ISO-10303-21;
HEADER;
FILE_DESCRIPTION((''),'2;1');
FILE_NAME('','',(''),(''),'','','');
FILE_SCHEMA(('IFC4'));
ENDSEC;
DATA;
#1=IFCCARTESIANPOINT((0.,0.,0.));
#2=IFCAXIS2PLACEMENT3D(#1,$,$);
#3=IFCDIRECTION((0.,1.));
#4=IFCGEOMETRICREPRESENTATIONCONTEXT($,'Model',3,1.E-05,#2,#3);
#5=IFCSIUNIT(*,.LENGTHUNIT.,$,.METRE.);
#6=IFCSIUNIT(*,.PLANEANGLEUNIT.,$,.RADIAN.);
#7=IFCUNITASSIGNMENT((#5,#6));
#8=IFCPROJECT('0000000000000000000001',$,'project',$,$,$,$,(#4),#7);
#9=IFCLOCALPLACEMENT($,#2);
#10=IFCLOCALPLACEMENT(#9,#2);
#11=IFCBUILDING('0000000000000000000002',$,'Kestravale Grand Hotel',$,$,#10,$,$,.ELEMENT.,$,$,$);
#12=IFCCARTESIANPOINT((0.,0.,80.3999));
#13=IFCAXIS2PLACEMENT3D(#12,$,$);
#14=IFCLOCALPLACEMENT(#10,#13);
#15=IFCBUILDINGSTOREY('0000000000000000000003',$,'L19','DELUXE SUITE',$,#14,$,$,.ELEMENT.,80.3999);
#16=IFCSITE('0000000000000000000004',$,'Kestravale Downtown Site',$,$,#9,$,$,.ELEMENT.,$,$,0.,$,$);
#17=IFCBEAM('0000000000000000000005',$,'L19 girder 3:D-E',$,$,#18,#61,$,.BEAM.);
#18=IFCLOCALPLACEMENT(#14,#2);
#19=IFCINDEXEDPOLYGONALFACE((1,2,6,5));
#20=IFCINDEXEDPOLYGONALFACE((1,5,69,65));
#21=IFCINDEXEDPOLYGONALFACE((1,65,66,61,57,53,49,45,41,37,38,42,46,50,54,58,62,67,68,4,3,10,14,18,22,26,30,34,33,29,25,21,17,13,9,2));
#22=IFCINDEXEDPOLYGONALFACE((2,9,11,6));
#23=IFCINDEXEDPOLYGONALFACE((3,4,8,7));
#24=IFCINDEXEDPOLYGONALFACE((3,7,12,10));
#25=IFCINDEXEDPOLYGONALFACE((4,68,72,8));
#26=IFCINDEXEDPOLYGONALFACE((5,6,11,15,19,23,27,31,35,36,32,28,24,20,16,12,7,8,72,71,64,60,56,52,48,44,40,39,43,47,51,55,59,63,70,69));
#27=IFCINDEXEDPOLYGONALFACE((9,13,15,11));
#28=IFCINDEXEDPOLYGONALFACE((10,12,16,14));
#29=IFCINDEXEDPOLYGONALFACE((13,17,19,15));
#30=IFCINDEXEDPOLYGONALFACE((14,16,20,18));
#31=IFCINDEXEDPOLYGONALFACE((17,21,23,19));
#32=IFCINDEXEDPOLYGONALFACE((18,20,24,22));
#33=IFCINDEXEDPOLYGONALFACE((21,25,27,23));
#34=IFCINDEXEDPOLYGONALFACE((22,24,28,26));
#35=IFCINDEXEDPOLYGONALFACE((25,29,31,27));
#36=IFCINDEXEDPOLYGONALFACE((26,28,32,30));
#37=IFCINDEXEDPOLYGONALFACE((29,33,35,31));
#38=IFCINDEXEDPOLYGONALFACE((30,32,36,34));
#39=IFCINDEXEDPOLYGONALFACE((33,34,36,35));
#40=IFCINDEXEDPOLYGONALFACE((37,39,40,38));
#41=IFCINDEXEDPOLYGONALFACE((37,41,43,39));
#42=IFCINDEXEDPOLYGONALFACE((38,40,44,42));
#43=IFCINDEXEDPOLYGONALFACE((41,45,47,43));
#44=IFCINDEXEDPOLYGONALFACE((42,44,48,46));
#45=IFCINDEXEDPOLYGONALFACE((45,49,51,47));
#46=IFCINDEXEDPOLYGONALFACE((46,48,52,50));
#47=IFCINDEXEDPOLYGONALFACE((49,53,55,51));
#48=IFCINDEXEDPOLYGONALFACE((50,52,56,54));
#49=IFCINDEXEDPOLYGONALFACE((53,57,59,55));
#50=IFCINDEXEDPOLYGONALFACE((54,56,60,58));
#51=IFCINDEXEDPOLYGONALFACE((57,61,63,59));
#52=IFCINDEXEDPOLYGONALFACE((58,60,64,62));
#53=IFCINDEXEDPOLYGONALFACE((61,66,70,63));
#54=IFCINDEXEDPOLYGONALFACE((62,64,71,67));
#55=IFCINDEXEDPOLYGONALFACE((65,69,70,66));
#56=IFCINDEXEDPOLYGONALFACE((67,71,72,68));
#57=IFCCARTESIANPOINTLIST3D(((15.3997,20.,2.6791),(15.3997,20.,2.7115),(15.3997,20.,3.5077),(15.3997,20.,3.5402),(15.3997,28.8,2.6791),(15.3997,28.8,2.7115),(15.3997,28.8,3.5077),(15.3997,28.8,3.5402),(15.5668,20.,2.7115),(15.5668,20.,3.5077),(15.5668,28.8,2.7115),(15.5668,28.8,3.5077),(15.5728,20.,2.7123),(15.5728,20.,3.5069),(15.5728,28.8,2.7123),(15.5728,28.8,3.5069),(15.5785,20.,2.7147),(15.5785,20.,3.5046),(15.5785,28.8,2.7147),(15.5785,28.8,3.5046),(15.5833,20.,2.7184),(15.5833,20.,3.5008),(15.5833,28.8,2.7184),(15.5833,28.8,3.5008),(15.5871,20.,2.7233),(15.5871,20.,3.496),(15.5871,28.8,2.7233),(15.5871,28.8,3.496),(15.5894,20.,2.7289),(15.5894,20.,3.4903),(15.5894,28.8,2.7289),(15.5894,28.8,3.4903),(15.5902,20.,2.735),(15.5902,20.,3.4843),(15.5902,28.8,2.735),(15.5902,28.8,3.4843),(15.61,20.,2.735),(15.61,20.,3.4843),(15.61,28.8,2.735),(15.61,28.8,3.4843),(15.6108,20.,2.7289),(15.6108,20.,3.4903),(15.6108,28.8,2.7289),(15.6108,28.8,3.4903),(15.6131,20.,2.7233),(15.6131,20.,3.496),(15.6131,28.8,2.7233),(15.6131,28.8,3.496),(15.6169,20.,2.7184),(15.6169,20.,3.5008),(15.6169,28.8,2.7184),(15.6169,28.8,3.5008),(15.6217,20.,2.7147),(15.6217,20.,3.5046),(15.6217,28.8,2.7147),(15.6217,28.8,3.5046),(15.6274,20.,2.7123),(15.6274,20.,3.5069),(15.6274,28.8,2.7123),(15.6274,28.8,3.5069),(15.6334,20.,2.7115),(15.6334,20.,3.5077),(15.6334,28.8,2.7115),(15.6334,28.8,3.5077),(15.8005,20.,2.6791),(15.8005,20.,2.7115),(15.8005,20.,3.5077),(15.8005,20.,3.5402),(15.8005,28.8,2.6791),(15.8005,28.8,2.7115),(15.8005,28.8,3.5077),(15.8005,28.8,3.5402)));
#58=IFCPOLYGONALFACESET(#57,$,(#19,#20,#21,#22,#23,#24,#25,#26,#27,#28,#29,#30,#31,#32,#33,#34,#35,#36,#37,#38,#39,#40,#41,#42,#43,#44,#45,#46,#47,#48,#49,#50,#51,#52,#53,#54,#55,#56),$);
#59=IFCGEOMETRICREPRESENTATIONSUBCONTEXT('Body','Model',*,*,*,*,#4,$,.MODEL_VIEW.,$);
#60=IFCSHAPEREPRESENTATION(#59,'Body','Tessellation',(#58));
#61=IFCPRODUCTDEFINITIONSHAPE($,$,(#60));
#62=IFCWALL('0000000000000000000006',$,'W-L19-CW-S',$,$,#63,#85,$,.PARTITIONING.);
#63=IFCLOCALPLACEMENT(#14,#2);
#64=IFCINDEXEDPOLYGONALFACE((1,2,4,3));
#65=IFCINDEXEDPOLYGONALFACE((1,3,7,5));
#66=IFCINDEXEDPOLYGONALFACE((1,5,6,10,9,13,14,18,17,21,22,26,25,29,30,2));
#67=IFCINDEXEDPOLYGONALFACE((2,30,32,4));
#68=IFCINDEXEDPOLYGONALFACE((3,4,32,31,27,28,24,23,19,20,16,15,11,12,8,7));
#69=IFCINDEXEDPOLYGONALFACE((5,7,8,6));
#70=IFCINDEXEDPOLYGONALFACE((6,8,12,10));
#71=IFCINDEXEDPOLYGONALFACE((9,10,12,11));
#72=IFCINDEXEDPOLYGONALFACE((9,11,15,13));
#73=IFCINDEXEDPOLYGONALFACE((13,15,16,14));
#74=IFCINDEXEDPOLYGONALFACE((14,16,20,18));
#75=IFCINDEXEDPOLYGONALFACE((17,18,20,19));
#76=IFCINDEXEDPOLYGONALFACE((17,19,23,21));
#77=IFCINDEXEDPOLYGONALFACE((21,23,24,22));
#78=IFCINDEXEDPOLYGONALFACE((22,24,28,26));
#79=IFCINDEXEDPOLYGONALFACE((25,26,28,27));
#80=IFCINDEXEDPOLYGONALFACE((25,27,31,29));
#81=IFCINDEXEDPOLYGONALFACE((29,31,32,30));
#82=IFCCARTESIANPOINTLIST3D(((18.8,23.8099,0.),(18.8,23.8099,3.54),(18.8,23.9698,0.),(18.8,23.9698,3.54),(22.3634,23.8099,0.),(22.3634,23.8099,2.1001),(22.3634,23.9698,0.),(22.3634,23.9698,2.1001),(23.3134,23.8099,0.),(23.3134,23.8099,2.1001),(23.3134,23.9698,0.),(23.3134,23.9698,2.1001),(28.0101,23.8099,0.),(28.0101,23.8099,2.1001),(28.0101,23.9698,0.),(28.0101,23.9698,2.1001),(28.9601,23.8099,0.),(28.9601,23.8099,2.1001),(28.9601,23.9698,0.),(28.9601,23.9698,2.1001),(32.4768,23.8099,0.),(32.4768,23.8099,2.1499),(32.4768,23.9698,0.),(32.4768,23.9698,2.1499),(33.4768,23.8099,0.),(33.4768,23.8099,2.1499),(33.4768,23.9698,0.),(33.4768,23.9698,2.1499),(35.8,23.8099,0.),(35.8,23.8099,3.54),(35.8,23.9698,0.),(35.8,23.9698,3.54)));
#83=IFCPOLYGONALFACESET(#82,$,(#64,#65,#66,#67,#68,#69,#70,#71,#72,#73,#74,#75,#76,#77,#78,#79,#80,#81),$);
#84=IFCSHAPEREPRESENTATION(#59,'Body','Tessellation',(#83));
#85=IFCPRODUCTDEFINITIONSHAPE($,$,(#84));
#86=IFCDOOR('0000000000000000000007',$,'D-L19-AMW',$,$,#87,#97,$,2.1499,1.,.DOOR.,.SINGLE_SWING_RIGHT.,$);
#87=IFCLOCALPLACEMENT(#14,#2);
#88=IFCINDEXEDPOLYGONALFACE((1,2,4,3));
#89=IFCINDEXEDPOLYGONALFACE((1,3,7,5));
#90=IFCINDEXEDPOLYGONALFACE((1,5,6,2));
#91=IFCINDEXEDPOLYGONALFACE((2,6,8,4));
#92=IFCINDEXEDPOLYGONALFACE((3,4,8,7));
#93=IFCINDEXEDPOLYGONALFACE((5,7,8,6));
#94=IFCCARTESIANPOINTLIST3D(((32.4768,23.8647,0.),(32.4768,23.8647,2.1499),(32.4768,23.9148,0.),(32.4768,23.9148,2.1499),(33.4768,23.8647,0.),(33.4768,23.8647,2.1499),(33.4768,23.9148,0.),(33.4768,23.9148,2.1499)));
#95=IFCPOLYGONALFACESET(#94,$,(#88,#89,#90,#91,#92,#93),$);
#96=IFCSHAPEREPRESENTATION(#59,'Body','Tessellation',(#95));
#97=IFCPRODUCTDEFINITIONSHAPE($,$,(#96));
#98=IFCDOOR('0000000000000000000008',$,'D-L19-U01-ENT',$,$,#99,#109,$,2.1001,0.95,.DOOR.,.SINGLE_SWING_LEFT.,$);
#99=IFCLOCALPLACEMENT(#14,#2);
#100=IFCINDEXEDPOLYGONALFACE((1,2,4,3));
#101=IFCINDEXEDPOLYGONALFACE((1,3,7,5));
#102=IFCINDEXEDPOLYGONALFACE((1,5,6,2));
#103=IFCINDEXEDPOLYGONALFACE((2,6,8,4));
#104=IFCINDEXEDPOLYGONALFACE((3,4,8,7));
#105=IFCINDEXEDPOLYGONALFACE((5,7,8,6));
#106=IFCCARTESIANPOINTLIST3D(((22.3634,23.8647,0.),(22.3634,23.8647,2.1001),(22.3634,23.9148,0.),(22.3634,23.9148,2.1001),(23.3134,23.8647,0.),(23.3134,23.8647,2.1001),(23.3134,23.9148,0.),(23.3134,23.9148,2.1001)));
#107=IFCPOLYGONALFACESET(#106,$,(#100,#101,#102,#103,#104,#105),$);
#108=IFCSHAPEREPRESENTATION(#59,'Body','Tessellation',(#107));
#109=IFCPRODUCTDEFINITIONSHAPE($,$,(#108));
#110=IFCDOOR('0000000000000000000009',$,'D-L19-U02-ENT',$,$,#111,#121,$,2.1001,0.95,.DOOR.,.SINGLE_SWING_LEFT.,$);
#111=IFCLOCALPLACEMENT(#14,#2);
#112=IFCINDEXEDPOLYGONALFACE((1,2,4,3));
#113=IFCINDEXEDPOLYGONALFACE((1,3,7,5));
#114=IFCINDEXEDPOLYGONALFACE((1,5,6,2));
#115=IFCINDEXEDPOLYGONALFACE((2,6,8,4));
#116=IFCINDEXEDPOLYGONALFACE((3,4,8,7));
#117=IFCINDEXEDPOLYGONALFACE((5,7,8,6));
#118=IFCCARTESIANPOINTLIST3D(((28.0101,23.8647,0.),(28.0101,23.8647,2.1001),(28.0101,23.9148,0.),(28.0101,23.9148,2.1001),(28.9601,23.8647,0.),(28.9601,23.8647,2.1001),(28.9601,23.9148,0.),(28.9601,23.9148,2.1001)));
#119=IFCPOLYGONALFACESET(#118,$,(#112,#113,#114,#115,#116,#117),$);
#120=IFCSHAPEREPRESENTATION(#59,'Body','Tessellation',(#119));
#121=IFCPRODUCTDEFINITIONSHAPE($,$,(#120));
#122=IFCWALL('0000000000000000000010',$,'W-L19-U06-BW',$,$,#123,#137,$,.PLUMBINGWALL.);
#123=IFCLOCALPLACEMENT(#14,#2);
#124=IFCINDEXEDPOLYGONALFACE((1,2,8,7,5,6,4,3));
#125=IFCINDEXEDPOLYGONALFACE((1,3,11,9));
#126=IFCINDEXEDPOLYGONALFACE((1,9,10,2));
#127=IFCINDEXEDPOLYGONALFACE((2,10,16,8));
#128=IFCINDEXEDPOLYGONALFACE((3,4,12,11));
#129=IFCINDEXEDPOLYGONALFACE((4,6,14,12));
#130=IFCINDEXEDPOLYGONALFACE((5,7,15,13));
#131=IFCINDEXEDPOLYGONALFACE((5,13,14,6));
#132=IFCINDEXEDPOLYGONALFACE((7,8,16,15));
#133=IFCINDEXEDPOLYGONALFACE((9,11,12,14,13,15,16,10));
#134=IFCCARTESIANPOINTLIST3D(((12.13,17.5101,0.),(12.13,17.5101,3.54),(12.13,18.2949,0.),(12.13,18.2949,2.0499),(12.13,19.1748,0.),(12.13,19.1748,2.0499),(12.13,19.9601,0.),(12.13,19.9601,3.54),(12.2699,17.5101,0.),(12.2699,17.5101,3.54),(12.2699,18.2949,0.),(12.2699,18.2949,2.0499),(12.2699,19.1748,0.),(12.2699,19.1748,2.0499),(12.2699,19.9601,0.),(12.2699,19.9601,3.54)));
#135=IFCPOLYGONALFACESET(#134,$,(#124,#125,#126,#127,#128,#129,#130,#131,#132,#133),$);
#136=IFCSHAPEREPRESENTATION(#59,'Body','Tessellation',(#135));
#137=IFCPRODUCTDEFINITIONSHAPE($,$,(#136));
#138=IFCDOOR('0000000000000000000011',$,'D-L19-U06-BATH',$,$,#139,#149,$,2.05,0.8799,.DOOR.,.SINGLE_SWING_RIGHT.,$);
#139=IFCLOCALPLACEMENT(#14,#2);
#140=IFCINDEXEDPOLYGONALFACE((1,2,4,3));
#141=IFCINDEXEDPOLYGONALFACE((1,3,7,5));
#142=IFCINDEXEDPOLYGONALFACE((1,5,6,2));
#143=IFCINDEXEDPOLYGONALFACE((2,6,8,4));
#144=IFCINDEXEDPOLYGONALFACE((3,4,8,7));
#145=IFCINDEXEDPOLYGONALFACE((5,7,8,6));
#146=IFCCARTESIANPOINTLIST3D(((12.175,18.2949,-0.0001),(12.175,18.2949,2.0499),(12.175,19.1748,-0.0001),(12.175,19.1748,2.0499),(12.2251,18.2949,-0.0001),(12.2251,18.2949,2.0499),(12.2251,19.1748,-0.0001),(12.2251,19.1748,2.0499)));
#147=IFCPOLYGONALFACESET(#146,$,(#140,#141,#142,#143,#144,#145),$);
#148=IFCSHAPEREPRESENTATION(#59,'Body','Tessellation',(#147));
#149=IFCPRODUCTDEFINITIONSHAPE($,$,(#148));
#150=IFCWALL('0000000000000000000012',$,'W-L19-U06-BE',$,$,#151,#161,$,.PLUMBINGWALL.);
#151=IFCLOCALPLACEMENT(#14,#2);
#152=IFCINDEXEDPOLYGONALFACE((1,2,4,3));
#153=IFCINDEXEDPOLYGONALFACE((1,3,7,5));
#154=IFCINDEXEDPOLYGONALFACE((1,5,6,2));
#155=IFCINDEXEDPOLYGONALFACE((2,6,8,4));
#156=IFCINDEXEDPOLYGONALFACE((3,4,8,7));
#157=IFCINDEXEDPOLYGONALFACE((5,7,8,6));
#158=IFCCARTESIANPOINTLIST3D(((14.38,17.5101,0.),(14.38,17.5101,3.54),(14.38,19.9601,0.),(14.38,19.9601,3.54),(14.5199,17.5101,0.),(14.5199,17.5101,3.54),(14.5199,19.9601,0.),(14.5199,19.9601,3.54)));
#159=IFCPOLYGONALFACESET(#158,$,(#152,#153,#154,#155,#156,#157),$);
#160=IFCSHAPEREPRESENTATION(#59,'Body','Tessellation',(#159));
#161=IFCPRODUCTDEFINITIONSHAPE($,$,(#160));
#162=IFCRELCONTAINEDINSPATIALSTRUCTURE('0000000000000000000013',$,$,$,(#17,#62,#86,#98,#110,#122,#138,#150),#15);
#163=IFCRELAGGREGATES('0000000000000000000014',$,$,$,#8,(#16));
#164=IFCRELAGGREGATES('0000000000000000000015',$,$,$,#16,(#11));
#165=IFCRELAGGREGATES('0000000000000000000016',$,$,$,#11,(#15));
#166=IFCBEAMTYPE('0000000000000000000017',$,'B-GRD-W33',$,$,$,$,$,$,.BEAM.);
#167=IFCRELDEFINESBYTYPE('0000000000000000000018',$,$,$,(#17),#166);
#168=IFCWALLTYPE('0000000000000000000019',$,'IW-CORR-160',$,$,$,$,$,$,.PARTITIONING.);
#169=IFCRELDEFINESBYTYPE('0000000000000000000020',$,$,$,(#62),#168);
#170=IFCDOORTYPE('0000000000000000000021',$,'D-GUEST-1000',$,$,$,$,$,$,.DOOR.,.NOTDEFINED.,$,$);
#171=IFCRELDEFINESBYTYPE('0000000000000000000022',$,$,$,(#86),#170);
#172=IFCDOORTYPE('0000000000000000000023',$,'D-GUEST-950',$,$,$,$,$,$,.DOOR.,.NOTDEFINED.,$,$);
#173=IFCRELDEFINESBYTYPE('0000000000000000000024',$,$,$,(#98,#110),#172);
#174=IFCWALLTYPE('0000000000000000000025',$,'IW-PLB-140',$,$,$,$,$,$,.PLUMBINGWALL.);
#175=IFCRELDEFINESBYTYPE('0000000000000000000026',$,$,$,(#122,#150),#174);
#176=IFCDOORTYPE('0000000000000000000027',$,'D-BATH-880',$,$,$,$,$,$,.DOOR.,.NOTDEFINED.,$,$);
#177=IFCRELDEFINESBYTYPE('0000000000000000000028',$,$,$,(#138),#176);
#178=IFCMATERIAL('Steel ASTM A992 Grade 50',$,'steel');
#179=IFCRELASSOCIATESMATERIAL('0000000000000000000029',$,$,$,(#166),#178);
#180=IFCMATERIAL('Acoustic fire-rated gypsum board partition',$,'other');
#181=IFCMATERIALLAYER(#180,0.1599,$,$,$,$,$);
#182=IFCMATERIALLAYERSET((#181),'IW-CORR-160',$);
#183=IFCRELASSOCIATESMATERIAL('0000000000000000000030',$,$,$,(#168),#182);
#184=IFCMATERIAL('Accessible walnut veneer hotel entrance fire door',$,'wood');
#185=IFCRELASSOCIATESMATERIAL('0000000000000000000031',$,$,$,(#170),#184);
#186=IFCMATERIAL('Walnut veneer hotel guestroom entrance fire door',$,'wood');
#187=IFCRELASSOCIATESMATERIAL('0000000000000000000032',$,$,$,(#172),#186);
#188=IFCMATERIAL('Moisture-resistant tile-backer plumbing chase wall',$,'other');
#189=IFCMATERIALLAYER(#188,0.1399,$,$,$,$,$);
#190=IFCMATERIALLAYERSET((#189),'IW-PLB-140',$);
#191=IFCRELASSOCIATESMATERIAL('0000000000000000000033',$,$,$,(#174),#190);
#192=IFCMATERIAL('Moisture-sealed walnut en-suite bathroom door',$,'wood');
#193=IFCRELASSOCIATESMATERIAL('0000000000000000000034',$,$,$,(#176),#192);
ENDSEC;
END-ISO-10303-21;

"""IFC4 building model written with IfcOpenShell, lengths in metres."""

from ifc_helpers import new_model, si_unit, direction, frame, frame_2d, origin, origin_2d, place, context, subcontext, project, spatial, rectangle, i_section, extrude, material, layer, layer_set, material_profile, profile_set, type_object, element, fill, save


model = new_model("IFC4")

# Units and contexts
model_context = context("Model", 3, precision=1e-05, world=origin(), true_north=direction((0.0, 1.0)))
body_context = subcontext(model_context, "Body", "Model", "MODEL_VIEW")
ifc_project = project(units=[si_unit("LENGTHUNIT", "METRE"), si_unit("PLANEANGLEUNIT", "RADIAN")], contexts=[model_context])

# Site, building, storey
site_placement = place(None, origin())
site = spatial("IfcSite", under=ifc_project, at=site_placement, Name="Kestravale Downtown Site", CompositionType="ELEMENT", RefElevation=0.0)
building_placement = place(site_placement, origin())
building = spatial("IfcBuilding", under=site, at=building_placement, Name="Kestravale Grand Hotel", CompositionType="ELEMENT")
storey_placement = place(building_placement, frame((0.0, 0.0, 80.3999)))
storey = spatial("IfcBuildingStorey", under=building, at=storey_placement, Name="L19", Description="DELUXE SUITE", CompositionType="ELEMENT", Elevation=80.3999)

# Beam
ifc_material_1 = material(Name="Steel ASTM A992 Grade 50", Category="steel")
ifc_material_profile_1 = material_profile(ifc_material_1, i_section(OverallWidth=0.4009, OverallDepth=0.8611, WebThickness=0.0198, FlangeThickness=0.0325, FilletRadius=0.0234, at=origin_2d()))
ifc_profile_set_1 = profile_set([ifc_material_profile_1], Name="Steel ASTM A992 Grade 50")
beam_type_1 = type_object("IfcBeamType", Name="B-GRD-W33", PredefinedType="BEAM", material=ifc_profile_set_1)
for number, where, z_axis, x_axis, name in (
    (1, (15.6001, 20.0, 3.1096), (0.0, 1.0, 0.0), (-1.0, 0.0, 0.0), "L19 girder 3:D-E"),
):
    element("IfcBeam", number, at=place(storey_placement, frame(where, z_axis=z_axis, x_axis=x_axis)), inside=storey, type_object=beam_type_1, Name=name, PredefinedType="BEAM", context=body_context, shape_type="SweptSolid", body=[
        extrude(i_section(OverallWidth=0.4009, OverallDepth=0.8611, WebThickness=0.0198, FlangeThickness=0.0325, FilletRadius=0.0234, at=origin_2d()), origin(), (0.0, 0.0, 1.0), 8.8),
    ])

# Wall, openings, doors
ifc_material_2 = material(Name="Acoustic fire-rated gypsum board partition", Category="other")
ifc_layer_1 = layer(ifc_material_2, 0.1599)
ifc_layer_set_1 = layer_set([ifc_layer_1], Name="IW-CORR-160")
wall_type_1 = type_object("IfcWallType", Name="IW-CORR-160", PredefinedType="PARTITIONING", material=ifc_layer_set_1)
wall_1_placement = place(storey_placement, frame((18.8, 23.8899, 0.0), z_axis=(0.0, 0.0, 1.0), x_axis=(1.0, 0.0, 0.0)))
wall_1 = element("IfcWall", 2, at=wall_1_placement, inside=storey, type_object=wall_type_1, Name="W-L19-CW-S", PredefinedType="PARTITIONING", context=body_context, shape_type="SweptSolid", body=[
    extrude(rectangle(XDim=17.0, YDim=0.1599, at=frame_2d((8.5, 0.0))), origin(), (0.0, 0.0, 1.0), 3.54),
])
opening_1_placement = place(wall_1_placement, frame((3.5632, 0.0, 0.0)))
opening_1 = element("IfcOpeningElement", 3, at=opening_1_placement, cuts=wall_1, PredefinedType="OPENING", context=body_context, shape_type="SweptSolid", body=[
    extrude(rectangle(XDim=0.95, YDim=2.1001, at=frame_2d((0.4751, 1.05))), frame((0.0, 0.0898, 0.0), z_axis=(0.0, -1.0, 0.0), x_axis=(1.0, 0.0, 0.0)), (0.0, 0.0, 1.0), 0.1799),
])
opening_2_placement = place(wall_1_placement, frame((9.21, 0.0, 0.0)))
opening_2 = element("IfcOpeningElement", 4, at=opening_2_placement, cuts=wall_1, PredefinedType="OPENING", context=body_context, shape_type="SweptSolid", body=[
    extrude(rectangle(XDim=0.95, YDim=2.1001, at=frame_2d((0.4751, 1.05))), frame((0.0, 0.0898, 0.0), z_axis=(0.0, -1.0, 0.0), x_axis=(1.0, 0.0, 0.0)), (0.0, 0.0, 1.0), 0.1799),
])
opening_3_placement = place(wall_1_placement, frame((13.6768, 0.0, 0.0)))
opening_3 = element("IfcOpeningElement", 5, at=opening_3_placement, cuts=wall_1, PredefinedType="OPENING", context=body_context, shape_type="SweptSolid", body=[
    extrude(rectangle(XDim=1.0, YDim=2.1499, at=frame_2d((0.5, 1.075))), frame((0.0, 0.0898, 0.0), z_axis=(0.0, -1.0, 0.0), x_axis=(1.0, 0.0, 0.0)), (0.0, 0.0, 1.0), 0.1799),
])
ifc_material_3 = material(Name="Accessible walnut veneer hotel entrance fire door", Category="wood")
door_type_1 = type_object("IfcDoorType", Name="D-GUEST-1000", OperationType="NOTDEFINED", PredefinedType="DOOR", material=ifc_material_3)
door_1_placement = place(opening_3_placement, origin())
door_1 = element("IfcDoor", 6, at=door_1_placement, inside=storey, type_object=door_type_1, Name="D-L19-AMW", OperationType="SINGLE_SWING_RIGHT", OverallHeight=2.1499, OverallWidth=1.0, PredefinedType="DOOR", context=body_context, shape_type="SweptSolid", body=[
    extrude(rectangle(XDim=1.0, YDim=2.1499, at=frame_2d((0.5, 1.075))), frame((0.0, 0.0249, 0.0), z_axis=(0.0, -1.0, 0.0), x_axis=(1.0, 0.0, 0.0)), (0.0, 0.0, 1.0), 0.05),
])
fill(opening_3, door_1)
ifc_material_4 = material(Name="Walnut veneer hotel guestroom entrance fire door", Category="wood")
door_type_2 = type_object("IfcDoorType", Name="D-GUEST-950", OperationType="NOTDEFINED", PredefinedType="DOOR", material=ifc_material_4)
door_2_placement = place(opening_1_placement, origin())
door_2 = element("IfcDoor", 7, at=door_2_placement, inside=storey, type_object=door_type_2, Name="D-L19-U01-ENT", OperationType="SINGLE_SWING_LEFT", OverallHeight=2.1001, OverallWidth=0.95, PredefinedType="DOOR", context=body_context, shape_type="SweptSolid", body=[
    extrude(rectangle(XDim=0.95, YDim=2.1001, at=frame_2d((0.4751, 1.05))), frame((0.0, 0.0249, 0.0), z_axis=(0.0, -1.0, 0.0), x_axis=(1.0, 0.0, 0.0)), (0.0, 0.0, 1.0), 0.05),
])
fill(opening_1, door_2)
door_3_placement = place(opening_2_placement, origin())
door_3 = element("IfcDoor", 8, at=door_3_placement, inside=storey, type_object=door_type_2, Name="D-L19-U02-ENT", OperationType="SINGLE_SWING_LEFT", OverallHeight=2.1001, OverallWidth=0.95, PredefinedType="DOOR", context=body_context, shape_type="SweptSolid", body=[
    extrude(rectangle(XDim=0.95, YDim=2.1001, at=frame_2d((0.4751, 1.05))), frame((0.0, 0.0249, 0.0), z_axis=(0.0, -1.0, 0.0), x_axis=(1.0, 0.0, 0.0)), (0.0, 0.0, 1.0), 0.05),
])
fill(opening_2, door_3)

# Wall, opening, door
ifc_material_5 = material(Name="Moisture-resistant tile-backer plumbing chase wall", Category="other")
ifc_layer_2 = layer(ifc_material_5, 0.1399)
ifc_layer_set_2 = layer_set([ifc_layer_2], Name="IW-PLB-140")
wall_type_2 = type_object("IfcWallType", Name="IW-PLB-140", PredefinedType="PLUMBINGWALL", material=ifc_layer_set_2)
wall_2_placement = place(storey_placement, frame((12.2, 17.51, 0.0), z_axis=(0.0, 0.0, 1.0), x_axis=(0.0, 1.0, 0.0)))
wall_2 = element("IfcWall", 9, at=wall_2_placement, inside=storey, type_object=wall_type_2, Name="W-L19-U06-BW", PredefinedType="PLUMBINGWALL", context=body_context, shape_type="SweptSolid", body=[
    extrude(rectangle(XDim=2.45, YDim=0.1399, at=frame_2d((1.2251, 0.0))), origin(), (0.0, 0.0, 1.0), 3.54),
])
opening_4_placement = place(wall_2_placement, frame((0.7849, 0.0, 0.0)))
opening_4 = element("IfcOpeningElement", 10, at=opening_4_placement, cuts=wall_2, PredefinedType="OPENING", context=body_context, shape_type="SweptSolid", body=[
    extrude(rectangle(XDim=0.8799, YDim=2.05, at=frame_2d((0.4399, 1.0249))), frame((0.0, 0.0798, 0.0), z_axis=(0.0, -1.0, 0.0), x_axis=(1.0, 0.0, 0.0)), (0.0, 0.0, 1.0), 0.1599),
])
ifc_material_6 = material(Name="Moisture-sealed walnut en-suite bathroom door", Category="wood")
door_type_3 = type_object("IfcDoorType", Name="D-BATH-880", OperationType="NOTDEFINED", PredefinedType="DOOR", material=ifc_material_6)
door_4_placement = place(opening_4_placement, origin())
door_4 = element("IfcDoor", 11, at=door_4_placement, inside=storey, type_object=door_type_3, Name="D-L19-U06-BATH", OperationType="SINGLE_SWING_RIGHT", OverallHeight=2.05, OverallWidth=0.8799, PredefinedType="DOOR", context=body_context, shape_type="SweptSolid", body=[
    extrude(rectangle(XDim=0.8799, YDim=2.05, at=frame_2d((0.4399, 1.0249))), frame((0.0, 0.0249, 0.0), z_axis=(0.0, -1.0, 0.0), x_axis=(1.0, 0.0, 0.0)), (0.0, 0.0, 1.0), 0.05),
])
fill(opening_4, door_4)

# Wall
wall_3_placement = place(storey_placement, frame((14.45, 17.51, 0.0), z_axis=(0.0, 0.0, 1.0), x_axis=(0.0, 1.0, 0.0)))
element("IfcWall", 12, at=wall_3_placement, inside=storey, type_object=wall_type_2, Name="W-L19-U06-BE", PredefinedType="PLUMBINGWALL", context=body_context, shape_type="SweptSolid", body=[
    extrude(rectangle(XDim=2.45, YDim=0.1399, at=frame_2d((1.2251, 0.0))), origin(), (0.0, 0.0, 1.0), 3.54),
])

save(model, "model.ifc")
